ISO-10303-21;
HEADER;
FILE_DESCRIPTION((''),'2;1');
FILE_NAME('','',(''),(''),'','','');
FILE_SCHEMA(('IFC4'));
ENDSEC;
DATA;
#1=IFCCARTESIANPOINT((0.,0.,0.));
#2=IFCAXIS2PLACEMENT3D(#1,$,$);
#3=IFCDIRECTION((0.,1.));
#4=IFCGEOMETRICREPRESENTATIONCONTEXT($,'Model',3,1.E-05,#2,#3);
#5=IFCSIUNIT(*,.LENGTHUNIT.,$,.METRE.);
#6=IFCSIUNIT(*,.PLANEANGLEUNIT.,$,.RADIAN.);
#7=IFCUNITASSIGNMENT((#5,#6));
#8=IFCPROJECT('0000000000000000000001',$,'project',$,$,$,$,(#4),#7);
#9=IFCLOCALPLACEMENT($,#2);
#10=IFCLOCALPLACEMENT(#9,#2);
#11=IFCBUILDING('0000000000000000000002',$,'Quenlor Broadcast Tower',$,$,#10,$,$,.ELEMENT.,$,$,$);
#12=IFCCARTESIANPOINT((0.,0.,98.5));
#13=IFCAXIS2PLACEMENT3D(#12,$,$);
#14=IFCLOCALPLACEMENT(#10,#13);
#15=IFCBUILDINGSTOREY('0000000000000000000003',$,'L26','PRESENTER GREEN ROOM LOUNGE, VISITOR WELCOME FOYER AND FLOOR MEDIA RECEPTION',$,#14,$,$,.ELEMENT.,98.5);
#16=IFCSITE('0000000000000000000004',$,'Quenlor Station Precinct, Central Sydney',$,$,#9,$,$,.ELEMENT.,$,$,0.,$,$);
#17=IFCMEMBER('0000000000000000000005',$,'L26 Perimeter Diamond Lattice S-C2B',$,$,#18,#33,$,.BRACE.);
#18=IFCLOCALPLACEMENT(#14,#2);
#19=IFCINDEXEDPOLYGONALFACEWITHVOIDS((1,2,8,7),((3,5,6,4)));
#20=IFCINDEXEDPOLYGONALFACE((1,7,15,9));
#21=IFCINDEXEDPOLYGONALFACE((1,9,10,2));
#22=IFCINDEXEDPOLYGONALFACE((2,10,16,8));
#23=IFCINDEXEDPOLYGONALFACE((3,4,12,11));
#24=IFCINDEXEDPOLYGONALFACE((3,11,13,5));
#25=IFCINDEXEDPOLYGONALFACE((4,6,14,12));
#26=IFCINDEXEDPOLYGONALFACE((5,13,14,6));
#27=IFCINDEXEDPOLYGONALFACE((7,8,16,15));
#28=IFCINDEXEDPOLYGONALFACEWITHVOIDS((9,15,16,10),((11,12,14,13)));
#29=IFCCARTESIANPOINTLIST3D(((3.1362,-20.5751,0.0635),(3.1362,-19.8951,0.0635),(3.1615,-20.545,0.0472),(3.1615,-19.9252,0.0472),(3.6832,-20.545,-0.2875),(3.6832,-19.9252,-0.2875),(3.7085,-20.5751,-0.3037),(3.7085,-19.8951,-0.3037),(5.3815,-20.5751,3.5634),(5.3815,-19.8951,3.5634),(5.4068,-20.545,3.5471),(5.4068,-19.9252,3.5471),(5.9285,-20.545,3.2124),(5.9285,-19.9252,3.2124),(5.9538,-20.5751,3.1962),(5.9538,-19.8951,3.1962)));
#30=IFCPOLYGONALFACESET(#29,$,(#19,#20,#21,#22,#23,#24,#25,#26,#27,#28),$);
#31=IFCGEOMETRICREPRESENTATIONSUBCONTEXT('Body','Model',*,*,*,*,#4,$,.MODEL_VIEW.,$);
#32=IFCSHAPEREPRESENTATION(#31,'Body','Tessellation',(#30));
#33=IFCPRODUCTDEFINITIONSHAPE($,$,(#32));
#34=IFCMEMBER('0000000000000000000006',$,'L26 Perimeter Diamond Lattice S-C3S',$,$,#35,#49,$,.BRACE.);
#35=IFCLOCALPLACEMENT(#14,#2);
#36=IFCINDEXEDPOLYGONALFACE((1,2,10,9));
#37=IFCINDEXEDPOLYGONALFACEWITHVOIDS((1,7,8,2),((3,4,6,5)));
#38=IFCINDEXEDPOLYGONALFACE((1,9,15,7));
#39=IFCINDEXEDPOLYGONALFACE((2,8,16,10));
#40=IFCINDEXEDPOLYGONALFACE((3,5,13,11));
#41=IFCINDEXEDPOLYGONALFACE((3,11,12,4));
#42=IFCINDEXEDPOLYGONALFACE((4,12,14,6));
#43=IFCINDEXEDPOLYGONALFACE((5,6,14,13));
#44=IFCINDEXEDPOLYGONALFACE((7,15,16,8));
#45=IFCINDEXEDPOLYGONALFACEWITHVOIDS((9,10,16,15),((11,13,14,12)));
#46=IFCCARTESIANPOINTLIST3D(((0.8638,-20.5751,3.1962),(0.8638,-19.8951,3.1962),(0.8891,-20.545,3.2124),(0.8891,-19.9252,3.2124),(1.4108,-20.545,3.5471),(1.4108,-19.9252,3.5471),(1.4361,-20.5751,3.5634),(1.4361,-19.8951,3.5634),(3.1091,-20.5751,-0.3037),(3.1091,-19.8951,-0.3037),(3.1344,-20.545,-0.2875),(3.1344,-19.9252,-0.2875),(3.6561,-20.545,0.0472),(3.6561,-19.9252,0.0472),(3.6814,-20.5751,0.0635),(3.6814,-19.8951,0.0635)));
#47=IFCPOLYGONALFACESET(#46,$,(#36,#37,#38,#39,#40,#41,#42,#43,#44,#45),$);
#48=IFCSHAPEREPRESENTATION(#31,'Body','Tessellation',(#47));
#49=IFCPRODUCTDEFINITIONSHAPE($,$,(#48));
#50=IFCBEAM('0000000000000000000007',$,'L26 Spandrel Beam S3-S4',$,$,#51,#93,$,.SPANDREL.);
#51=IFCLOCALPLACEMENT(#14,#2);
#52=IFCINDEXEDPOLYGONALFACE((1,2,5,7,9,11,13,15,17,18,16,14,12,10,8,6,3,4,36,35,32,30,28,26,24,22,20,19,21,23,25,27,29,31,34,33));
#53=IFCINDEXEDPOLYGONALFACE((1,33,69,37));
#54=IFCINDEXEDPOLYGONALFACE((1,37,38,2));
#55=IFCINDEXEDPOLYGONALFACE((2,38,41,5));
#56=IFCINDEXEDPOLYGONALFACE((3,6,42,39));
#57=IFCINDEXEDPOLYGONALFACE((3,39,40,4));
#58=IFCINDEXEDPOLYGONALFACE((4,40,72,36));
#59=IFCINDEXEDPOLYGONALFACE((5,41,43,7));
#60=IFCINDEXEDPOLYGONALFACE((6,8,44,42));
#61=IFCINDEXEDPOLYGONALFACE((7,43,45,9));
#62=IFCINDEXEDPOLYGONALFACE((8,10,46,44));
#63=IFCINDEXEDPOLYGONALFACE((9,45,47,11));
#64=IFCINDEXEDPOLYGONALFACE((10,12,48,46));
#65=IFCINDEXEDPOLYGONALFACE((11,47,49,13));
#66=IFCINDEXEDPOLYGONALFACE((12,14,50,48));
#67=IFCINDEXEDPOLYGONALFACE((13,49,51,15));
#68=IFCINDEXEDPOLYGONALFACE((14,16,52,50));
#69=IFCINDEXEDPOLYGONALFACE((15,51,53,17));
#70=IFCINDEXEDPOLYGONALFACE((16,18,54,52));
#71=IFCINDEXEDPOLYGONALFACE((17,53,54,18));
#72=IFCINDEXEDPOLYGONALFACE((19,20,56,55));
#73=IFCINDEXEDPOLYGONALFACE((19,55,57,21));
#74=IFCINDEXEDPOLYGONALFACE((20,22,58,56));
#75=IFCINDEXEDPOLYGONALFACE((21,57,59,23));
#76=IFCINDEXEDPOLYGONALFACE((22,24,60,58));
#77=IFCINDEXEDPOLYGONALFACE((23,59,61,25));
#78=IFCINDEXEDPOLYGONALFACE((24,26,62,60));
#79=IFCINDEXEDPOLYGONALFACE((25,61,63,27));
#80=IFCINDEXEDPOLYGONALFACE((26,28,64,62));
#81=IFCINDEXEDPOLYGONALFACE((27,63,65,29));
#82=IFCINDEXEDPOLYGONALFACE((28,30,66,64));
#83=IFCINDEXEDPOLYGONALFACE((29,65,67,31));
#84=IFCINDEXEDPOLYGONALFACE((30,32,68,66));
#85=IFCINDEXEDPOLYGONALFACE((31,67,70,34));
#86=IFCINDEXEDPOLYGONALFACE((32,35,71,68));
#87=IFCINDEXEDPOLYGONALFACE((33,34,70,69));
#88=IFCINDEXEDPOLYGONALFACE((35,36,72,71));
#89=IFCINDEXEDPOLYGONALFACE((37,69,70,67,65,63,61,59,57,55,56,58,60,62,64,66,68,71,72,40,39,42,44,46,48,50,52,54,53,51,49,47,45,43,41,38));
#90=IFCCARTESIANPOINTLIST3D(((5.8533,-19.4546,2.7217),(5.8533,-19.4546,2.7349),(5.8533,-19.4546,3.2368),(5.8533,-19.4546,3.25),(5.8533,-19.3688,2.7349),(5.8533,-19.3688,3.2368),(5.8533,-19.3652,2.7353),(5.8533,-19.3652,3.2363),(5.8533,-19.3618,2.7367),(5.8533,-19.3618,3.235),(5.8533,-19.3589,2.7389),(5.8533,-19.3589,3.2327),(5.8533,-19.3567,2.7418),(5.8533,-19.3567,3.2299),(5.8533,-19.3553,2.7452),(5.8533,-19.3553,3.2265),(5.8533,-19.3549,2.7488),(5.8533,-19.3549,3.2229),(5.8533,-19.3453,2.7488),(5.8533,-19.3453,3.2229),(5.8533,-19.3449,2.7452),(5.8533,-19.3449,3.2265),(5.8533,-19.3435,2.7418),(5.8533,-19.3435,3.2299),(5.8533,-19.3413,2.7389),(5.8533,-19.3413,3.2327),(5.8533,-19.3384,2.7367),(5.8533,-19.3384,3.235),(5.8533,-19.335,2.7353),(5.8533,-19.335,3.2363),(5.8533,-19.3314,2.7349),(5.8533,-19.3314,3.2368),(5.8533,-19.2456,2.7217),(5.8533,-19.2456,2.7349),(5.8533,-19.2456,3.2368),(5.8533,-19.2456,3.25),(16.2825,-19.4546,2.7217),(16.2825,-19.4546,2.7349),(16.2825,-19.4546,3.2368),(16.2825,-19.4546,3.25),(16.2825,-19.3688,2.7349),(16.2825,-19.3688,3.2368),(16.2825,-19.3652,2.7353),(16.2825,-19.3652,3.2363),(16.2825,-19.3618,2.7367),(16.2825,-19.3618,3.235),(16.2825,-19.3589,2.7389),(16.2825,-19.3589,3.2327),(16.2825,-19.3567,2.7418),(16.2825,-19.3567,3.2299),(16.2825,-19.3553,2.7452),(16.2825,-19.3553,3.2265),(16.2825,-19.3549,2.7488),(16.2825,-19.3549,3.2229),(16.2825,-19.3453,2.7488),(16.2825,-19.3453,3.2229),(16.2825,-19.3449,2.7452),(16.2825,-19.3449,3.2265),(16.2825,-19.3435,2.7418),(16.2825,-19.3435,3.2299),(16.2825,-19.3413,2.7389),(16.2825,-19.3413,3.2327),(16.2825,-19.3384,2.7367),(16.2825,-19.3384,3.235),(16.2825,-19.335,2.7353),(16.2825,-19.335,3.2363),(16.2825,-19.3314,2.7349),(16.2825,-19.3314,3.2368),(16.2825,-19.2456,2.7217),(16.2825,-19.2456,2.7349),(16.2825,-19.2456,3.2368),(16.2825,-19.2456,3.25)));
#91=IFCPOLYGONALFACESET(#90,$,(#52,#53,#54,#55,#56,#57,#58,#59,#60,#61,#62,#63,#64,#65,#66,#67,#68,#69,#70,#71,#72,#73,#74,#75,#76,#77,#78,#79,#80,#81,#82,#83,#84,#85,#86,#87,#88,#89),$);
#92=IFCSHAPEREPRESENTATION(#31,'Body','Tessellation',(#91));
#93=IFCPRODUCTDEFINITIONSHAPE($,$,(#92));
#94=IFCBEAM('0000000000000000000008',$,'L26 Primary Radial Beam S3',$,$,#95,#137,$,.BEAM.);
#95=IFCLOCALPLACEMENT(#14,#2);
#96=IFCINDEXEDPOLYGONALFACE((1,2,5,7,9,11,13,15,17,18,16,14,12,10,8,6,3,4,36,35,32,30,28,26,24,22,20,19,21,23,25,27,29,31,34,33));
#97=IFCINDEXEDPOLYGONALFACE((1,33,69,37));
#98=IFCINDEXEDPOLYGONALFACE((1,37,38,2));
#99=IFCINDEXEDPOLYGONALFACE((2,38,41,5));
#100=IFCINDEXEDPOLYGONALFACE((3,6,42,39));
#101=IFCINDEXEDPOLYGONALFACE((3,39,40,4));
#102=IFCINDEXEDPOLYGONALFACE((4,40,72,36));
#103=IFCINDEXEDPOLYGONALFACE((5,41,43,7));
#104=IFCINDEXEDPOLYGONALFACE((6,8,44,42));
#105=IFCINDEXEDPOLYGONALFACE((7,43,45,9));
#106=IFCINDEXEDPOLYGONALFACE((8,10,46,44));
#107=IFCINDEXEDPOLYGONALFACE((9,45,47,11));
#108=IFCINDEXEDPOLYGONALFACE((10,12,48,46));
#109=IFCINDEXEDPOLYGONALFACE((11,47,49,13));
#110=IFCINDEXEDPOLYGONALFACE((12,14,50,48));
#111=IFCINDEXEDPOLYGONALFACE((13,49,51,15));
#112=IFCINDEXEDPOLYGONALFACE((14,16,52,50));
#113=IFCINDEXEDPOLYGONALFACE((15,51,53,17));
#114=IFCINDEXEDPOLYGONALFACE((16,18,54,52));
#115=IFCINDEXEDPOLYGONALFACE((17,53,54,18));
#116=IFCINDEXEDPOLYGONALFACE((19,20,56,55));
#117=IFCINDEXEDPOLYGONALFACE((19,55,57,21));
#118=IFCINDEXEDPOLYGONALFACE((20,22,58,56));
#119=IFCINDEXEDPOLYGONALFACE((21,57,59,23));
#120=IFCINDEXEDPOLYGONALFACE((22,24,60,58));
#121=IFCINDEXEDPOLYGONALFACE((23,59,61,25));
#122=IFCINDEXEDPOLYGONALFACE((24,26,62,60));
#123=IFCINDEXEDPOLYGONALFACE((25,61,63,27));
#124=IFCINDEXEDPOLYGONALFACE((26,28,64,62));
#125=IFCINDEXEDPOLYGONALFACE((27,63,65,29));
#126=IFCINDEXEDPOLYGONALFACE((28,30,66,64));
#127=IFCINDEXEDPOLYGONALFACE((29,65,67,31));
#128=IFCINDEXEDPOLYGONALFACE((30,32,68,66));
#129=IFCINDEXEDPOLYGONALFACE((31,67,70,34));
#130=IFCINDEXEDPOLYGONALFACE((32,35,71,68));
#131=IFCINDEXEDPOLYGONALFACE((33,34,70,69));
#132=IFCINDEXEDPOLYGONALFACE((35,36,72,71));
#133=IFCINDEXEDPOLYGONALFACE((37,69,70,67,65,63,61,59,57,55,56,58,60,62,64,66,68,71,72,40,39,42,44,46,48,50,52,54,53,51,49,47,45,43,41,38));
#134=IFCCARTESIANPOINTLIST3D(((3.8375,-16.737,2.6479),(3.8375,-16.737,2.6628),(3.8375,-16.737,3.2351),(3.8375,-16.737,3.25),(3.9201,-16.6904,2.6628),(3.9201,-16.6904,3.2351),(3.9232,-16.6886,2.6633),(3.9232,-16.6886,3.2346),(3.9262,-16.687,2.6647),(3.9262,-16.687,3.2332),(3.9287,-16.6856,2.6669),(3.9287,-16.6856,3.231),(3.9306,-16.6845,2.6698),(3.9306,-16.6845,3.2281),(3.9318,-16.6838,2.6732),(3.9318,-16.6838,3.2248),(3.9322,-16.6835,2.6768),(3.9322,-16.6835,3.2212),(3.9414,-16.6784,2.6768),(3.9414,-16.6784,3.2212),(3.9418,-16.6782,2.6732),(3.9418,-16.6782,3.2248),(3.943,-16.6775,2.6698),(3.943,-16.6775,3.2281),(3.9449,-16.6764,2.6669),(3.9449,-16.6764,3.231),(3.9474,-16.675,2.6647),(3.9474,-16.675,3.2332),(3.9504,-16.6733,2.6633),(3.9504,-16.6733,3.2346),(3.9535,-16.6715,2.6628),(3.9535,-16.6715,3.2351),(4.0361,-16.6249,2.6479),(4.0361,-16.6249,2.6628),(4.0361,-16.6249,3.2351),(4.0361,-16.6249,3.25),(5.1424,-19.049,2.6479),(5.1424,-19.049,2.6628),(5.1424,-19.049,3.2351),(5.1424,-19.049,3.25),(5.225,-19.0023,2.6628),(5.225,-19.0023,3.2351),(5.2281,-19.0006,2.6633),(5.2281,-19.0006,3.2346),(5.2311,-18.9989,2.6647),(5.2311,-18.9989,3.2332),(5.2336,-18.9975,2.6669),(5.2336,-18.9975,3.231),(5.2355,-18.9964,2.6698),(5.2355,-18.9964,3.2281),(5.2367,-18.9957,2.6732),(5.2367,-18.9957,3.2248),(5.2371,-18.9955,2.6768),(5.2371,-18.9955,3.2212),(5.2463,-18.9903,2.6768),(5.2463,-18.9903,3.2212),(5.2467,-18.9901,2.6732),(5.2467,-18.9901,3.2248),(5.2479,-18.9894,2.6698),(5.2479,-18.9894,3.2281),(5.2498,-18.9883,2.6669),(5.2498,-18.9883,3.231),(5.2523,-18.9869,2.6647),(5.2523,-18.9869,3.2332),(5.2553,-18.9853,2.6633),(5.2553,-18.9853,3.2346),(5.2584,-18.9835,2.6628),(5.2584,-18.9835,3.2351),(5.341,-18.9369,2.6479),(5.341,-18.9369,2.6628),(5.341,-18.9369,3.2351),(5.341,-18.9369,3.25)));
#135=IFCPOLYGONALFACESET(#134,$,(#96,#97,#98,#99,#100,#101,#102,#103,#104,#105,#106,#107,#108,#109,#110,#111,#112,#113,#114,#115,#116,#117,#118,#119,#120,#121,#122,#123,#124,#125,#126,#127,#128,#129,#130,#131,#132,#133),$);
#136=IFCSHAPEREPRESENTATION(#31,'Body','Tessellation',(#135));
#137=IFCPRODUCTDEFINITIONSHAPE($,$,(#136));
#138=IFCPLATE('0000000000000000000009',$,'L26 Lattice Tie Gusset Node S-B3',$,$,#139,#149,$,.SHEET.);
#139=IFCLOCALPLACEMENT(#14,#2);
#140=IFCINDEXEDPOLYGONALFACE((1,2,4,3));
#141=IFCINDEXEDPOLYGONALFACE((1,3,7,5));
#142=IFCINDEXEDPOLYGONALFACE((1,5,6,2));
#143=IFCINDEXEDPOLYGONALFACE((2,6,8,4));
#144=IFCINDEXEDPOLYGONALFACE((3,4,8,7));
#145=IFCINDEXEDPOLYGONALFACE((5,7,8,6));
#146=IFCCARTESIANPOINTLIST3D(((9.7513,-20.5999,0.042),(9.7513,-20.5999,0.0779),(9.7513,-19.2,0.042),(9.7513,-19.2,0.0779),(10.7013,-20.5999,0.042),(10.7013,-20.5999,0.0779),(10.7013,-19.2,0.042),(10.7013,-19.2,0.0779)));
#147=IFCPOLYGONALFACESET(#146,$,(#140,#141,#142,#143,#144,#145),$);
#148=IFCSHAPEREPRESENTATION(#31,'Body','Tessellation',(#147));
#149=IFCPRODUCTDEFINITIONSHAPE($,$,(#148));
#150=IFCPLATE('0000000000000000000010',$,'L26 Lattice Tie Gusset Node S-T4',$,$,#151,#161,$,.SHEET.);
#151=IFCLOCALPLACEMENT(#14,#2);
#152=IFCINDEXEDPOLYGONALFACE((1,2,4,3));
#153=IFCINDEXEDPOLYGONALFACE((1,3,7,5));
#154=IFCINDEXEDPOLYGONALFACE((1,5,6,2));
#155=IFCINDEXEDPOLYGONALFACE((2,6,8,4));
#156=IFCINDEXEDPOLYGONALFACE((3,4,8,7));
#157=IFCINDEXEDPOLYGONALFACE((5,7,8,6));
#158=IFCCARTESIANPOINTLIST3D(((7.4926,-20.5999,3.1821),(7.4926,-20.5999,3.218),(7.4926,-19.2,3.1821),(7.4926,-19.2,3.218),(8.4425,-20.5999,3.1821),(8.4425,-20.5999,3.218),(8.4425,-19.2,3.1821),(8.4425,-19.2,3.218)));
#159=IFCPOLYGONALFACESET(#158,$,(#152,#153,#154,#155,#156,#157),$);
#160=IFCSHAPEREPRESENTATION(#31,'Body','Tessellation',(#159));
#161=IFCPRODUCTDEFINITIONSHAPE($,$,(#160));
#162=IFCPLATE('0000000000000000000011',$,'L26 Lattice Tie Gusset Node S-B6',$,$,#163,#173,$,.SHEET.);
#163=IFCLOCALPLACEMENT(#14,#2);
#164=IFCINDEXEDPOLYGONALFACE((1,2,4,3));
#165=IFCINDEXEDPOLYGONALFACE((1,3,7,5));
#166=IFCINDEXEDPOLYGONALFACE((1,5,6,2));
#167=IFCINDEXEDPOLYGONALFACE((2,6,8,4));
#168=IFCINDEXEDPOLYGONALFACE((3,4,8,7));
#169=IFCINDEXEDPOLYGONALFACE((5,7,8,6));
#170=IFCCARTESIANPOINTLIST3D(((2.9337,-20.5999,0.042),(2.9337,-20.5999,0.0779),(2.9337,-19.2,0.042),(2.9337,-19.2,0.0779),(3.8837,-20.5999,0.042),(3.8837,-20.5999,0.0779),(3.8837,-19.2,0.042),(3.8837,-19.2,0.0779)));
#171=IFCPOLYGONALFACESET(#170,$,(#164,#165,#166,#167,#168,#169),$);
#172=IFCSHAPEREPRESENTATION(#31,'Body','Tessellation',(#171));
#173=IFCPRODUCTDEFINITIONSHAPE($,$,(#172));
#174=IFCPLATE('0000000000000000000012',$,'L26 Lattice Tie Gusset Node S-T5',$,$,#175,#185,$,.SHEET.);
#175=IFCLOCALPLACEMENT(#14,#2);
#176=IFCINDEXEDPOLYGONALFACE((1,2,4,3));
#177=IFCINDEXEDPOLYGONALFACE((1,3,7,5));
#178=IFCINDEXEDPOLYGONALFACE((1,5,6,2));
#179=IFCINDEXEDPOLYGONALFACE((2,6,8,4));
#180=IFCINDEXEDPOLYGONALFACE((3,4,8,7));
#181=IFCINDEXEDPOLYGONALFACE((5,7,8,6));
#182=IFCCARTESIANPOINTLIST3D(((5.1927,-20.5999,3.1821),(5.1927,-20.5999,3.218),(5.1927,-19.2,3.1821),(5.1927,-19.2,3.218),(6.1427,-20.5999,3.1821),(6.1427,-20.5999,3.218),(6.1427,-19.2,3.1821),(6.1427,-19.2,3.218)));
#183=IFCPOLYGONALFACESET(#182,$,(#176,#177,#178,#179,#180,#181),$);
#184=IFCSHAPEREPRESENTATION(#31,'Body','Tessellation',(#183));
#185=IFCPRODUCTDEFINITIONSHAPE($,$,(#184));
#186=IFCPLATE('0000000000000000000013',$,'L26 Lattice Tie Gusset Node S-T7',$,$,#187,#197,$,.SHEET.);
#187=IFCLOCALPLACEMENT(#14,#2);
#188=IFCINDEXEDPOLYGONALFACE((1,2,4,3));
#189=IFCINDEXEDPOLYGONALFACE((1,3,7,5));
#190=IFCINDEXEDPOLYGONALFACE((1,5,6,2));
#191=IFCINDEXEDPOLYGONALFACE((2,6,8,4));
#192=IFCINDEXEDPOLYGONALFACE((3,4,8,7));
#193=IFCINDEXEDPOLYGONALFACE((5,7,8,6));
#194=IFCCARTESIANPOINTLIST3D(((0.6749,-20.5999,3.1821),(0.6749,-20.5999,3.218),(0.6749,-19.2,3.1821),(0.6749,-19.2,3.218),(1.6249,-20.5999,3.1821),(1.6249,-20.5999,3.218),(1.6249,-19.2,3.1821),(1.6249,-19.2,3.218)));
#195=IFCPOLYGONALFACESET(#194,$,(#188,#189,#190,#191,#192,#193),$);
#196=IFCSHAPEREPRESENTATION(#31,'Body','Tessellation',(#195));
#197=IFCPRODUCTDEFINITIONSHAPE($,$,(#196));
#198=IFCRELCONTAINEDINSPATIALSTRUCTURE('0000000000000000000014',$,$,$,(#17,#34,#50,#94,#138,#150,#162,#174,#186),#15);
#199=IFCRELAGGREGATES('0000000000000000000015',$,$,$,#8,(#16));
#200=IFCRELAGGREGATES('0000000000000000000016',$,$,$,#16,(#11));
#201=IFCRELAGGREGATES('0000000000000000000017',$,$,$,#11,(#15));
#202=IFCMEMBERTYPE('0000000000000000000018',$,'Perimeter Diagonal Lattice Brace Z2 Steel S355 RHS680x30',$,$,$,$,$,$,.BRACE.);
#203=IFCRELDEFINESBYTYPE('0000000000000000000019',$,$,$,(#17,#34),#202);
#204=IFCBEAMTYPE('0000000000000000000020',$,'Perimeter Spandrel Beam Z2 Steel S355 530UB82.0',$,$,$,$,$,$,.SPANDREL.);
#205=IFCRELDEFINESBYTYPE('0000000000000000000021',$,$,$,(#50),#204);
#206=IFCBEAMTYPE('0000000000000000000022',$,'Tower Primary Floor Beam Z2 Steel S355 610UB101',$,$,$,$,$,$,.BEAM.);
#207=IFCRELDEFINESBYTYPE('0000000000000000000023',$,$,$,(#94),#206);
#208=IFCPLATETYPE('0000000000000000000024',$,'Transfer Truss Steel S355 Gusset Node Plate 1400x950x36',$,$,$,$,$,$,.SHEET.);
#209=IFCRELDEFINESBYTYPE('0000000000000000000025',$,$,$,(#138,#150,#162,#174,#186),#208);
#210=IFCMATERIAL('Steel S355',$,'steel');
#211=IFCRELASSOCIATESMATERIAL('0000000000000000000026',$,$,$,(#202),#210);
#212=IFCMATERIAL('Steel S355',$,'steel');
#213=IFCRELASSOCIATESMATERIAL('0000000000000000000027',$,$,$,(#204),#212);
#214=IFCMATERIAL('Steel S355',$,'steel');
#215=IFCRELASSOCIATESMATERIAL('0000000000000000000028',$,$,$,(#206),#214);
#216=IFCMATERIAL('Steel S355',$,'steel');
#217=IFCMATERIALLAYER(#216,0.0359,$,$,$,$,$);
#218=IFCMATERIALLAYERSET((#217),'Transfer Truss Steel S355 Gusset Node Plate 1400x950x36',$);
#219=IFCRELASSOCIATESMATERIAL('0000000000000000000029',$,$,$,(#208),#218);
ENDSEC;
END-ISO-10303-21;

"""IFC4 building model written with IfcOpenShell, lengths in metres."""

from ifc_helpers import new_model, si_unit, direction, frame, origin, origin_2d, place, context, subcontext, project, spatial, rectangle, hollow_rectangle, i_section, extrude, material, layer, layer_set, material_profile, profile_set, type_object, element, save


model = new_model("IFC4")

# Units and contexts
model_context = context("Model", 3, precision=1e-05, world=origin(), true_north=direction((0.0, 1.0)))
body_context = subcontext(model_context, "Body", "Model", "MODEL_VIEW")
ifc_project = project(units=[si_unit("LENGTHUNIT", "METRE"), si_unit("PLANEANGLEUNIT", "RADIAN")], contexts=[model_context])

# Site, building, storey
site_placement = place(None, origin())
site = spatial("IfcSite", under=ifc_project, at=site_placement, Name="Quenlor Station Precinct, Central Sydney", CompositionType="ELEMENT", RefElevation=0.0)
building_placement = place(site_placement, origin())
building = spatial("IfcBuilding", under=site, at=building_placement, Name="Quenlor Broadcast Tower", CompositionType="ELEMENT")
storey_placement = place(building_placement, frame((0.0, 0.0, 98.5)))
storey = spatial("IfcBuildingStorey", under=building, at=storey_placement, Name="L26", Description="PRESENTER GREEN ROOM LOUNGE, VISITOR WELCOME FOYER AND FLOOR MEDIA RECEPTION", CompositionType="ELEMENT", Elevation=98.5)

# Members
ifc_material_1 = material(Name="Steel S355", Category="steel")
ifc_material_profile_1 = material_profile(ifc_material_1, hollow_rectangle(XDim=0.6799, YDim=0.6799, WallThickness=0.03, at=origin_2d()))
ifc_profile_set_1 = profile_set([ifc_material_profile_1], Name="Steel S355 RHS680x680x30")
member_type_1 = type_object("IfcMemberType", Name="Perimeter Diagonal Lattice Brace Z2 Steel S355 RHS680x30", PredefinedType="BRACE", material=ifc_profile_set_1)
for number, where, z_axis, x_axis, name in (
    (1, (3.4224, -20.2351, -0.1201), (0.539968, 0.0, 0.841686), (0.0, 1.0, 0.0), "L26 Perimeter Diamond Lattice S-C2B"),
    (2, (3.3953, -20.2351, -0.1201), (-0.539968, 0.0, 0.841686), (0.0, -1.0, 0.0), "L26 Perimeter Diamond Lattice S-C3S"),
):
    element("IfcMember", number, at=place(storey_placement, frame(where, z_axis=z_axis, x_axis=x_axis)), inside=storey, type_object=member_type_1, Name=name, PredefinedType="BRACE", context=body_context, shape_type="SweptSolid", body=[
        extrude(hollow_rectangle(XDim=0.6799, YDim=0.6799, WallThickness=0.03, at=origin_2d()), origin(), (0.0, 0.0, 1.0), 4.1582),
    ])

# Beams
ifc_material_2 = material(Name="Steel S355", Category="steel")
ifc_material_profile_2 = material_profile(ifc_material_2, i_section(OverallWidth=0.209, OverallDepth=0.5283, WebThickness=0.0095, FlangeThickness=0.0132, FilletRadius=0.0139, at=origin_2d()))
ifc_profile_set_2 = profile_set([ifc_material_profile_2], Name="Steel S355 530UB82.0")
beam_type_1 = type_object("IfcBeamType", Name="Perimeter Spandrel Beam Z2 Steel S355 530UB82.0", PredefinedType="SPANDREL", material=ifc_profile_set_2)
beam_1_placement = place(storey_placement, frame((5.8533, -19.3501, 2.9858), z_axis=(1.0, 0.0, 0.0), x_axis=(0.0, 1.0, 0.0)))
element("IfcBeam", 3, at=beam_1_placement, inside=storey, type_object=beam_type_1, Name="L26 Spandrel Beam S3-S4", PredefinedType="SPANDREL", context=body_context, shape_type="SweptSolid", body=[
    extrude(i_section(OverallWidth=0.209, OverallDepth=0.5283, WebThickness=0.0095, FlangeThickness=0.0132, FilletRadius=0.0139, at=origin_2d()), origin(), (0.0, 0.0, 1.0), 10.4292),
])
ifc_material_3 = material(Name="Steel S355", Category="steel")
ifc_material_profile_3 = material_profile(ifc_material_3, i_section(OverallWidth=0.228, OverallDepth=0.6021, WebThickness=0.0105, FlangeThickness=0.0149, FilletRadius=0.0139, at=origin_2d()))
ifc_profile_set_3 = profile_set([ifc_material_profile_3], Name="Steel S355 610UB101")
beam_type_2 = type_object("IfcBeamType", Name="Tower Primary Floor Beam Z2 Steel S355 610UB101", PredefinedType="BEAM", material=ifc_profile_set_3)
beam_2_placement = place(storey_placement, frame((5.2417, -18.9929, 2.949), z_axis=(-0.491527, 0.870862, 0.0), x_axis=(-0.870862, -0.491527, 0.0)))
element("IfcBeam", 4, at=beam_2_placement, inside=storey, type_object=beam_type_2, Name="L26 Primary Radial Beam S3", PredefinedType="BEAM", context=body_context, shape_type="SweptSolid", body=[
    extrude(i_section(OverallWidth=0.228, OverallDepth=0.6021, WebThickness=0.0105, FlangeThickness=0.0149, FilletRadius=0.0139, at=origin_2d()), origin(), (0.0, 0.0, 1.0), 2.6548),
])

# Plates
ifc_material_4 = material(Name="Steel S355", Category="steel")
ifc_layer_1 = layer(ifc_material_4, 0.0359)
ifc_layer_set_1 = layer_set([ifc_layer_1], Name="Transfer Truss Steel S355 Gusset Node Plate 1400x950x36")
plate_type = type_object("IfcPlateType", Name="Transfer Truss Steel S355 Gusset Node Plate 1400x950x36", PredefinedType="SHEET", material=ifc_layer_set_1)
for number, where, z_axis, x_axis, name in (
    (5, (10.2263, -19.8999, 0.042), (0.0, 0.0, 1.0), (0.0, -1.0, 0.0), "L26 Lattice Tie Gusset Node S-B3"),
    (6, (7.9675, -19.8999, 3.1821), (0.0, 0.0, 1.0), (0.0, -1.0, 0.0), "L26 Lattice Tie Gusset Node S-T4"),
    (7, (3.4087, -19.8999, 0.042), (0.0, 0.0, 1.0), (0.0, -1.0, 0.0), "L26 Lattice Tie Gusset Node S-B6"),
    (8, (5.6677, -19.8999, 3.1821), (0.0, 0.0, 1.0), (0.0, -1.0, 0.0), "L26 Lattice Tie Gusset Node S-T5"),
    (9, (1.1499, -19.8999, 3.1821), (0.0, 0.0, 1.0), (0.0, -1.0, 0.0), "L26 Lattice Tie Gusset Node S-T7"),
):
    element("IfcPlate", number, at=place(storey_placement, frame(where, z_axis=z_axis, x_axis=x_axis)), inside=storey, type_object=plate_type, Name=name, PredefinedType="SHEET", context=body_context, shape_type="SweptSolid", body=[
        extrude(rectangle(XDim=1.3999, YDim=0.95, at=origin_2d()), origin(), (0.0, 0.0, 1.0), 0.0359),
    ])

save(model, "model.ifc")
